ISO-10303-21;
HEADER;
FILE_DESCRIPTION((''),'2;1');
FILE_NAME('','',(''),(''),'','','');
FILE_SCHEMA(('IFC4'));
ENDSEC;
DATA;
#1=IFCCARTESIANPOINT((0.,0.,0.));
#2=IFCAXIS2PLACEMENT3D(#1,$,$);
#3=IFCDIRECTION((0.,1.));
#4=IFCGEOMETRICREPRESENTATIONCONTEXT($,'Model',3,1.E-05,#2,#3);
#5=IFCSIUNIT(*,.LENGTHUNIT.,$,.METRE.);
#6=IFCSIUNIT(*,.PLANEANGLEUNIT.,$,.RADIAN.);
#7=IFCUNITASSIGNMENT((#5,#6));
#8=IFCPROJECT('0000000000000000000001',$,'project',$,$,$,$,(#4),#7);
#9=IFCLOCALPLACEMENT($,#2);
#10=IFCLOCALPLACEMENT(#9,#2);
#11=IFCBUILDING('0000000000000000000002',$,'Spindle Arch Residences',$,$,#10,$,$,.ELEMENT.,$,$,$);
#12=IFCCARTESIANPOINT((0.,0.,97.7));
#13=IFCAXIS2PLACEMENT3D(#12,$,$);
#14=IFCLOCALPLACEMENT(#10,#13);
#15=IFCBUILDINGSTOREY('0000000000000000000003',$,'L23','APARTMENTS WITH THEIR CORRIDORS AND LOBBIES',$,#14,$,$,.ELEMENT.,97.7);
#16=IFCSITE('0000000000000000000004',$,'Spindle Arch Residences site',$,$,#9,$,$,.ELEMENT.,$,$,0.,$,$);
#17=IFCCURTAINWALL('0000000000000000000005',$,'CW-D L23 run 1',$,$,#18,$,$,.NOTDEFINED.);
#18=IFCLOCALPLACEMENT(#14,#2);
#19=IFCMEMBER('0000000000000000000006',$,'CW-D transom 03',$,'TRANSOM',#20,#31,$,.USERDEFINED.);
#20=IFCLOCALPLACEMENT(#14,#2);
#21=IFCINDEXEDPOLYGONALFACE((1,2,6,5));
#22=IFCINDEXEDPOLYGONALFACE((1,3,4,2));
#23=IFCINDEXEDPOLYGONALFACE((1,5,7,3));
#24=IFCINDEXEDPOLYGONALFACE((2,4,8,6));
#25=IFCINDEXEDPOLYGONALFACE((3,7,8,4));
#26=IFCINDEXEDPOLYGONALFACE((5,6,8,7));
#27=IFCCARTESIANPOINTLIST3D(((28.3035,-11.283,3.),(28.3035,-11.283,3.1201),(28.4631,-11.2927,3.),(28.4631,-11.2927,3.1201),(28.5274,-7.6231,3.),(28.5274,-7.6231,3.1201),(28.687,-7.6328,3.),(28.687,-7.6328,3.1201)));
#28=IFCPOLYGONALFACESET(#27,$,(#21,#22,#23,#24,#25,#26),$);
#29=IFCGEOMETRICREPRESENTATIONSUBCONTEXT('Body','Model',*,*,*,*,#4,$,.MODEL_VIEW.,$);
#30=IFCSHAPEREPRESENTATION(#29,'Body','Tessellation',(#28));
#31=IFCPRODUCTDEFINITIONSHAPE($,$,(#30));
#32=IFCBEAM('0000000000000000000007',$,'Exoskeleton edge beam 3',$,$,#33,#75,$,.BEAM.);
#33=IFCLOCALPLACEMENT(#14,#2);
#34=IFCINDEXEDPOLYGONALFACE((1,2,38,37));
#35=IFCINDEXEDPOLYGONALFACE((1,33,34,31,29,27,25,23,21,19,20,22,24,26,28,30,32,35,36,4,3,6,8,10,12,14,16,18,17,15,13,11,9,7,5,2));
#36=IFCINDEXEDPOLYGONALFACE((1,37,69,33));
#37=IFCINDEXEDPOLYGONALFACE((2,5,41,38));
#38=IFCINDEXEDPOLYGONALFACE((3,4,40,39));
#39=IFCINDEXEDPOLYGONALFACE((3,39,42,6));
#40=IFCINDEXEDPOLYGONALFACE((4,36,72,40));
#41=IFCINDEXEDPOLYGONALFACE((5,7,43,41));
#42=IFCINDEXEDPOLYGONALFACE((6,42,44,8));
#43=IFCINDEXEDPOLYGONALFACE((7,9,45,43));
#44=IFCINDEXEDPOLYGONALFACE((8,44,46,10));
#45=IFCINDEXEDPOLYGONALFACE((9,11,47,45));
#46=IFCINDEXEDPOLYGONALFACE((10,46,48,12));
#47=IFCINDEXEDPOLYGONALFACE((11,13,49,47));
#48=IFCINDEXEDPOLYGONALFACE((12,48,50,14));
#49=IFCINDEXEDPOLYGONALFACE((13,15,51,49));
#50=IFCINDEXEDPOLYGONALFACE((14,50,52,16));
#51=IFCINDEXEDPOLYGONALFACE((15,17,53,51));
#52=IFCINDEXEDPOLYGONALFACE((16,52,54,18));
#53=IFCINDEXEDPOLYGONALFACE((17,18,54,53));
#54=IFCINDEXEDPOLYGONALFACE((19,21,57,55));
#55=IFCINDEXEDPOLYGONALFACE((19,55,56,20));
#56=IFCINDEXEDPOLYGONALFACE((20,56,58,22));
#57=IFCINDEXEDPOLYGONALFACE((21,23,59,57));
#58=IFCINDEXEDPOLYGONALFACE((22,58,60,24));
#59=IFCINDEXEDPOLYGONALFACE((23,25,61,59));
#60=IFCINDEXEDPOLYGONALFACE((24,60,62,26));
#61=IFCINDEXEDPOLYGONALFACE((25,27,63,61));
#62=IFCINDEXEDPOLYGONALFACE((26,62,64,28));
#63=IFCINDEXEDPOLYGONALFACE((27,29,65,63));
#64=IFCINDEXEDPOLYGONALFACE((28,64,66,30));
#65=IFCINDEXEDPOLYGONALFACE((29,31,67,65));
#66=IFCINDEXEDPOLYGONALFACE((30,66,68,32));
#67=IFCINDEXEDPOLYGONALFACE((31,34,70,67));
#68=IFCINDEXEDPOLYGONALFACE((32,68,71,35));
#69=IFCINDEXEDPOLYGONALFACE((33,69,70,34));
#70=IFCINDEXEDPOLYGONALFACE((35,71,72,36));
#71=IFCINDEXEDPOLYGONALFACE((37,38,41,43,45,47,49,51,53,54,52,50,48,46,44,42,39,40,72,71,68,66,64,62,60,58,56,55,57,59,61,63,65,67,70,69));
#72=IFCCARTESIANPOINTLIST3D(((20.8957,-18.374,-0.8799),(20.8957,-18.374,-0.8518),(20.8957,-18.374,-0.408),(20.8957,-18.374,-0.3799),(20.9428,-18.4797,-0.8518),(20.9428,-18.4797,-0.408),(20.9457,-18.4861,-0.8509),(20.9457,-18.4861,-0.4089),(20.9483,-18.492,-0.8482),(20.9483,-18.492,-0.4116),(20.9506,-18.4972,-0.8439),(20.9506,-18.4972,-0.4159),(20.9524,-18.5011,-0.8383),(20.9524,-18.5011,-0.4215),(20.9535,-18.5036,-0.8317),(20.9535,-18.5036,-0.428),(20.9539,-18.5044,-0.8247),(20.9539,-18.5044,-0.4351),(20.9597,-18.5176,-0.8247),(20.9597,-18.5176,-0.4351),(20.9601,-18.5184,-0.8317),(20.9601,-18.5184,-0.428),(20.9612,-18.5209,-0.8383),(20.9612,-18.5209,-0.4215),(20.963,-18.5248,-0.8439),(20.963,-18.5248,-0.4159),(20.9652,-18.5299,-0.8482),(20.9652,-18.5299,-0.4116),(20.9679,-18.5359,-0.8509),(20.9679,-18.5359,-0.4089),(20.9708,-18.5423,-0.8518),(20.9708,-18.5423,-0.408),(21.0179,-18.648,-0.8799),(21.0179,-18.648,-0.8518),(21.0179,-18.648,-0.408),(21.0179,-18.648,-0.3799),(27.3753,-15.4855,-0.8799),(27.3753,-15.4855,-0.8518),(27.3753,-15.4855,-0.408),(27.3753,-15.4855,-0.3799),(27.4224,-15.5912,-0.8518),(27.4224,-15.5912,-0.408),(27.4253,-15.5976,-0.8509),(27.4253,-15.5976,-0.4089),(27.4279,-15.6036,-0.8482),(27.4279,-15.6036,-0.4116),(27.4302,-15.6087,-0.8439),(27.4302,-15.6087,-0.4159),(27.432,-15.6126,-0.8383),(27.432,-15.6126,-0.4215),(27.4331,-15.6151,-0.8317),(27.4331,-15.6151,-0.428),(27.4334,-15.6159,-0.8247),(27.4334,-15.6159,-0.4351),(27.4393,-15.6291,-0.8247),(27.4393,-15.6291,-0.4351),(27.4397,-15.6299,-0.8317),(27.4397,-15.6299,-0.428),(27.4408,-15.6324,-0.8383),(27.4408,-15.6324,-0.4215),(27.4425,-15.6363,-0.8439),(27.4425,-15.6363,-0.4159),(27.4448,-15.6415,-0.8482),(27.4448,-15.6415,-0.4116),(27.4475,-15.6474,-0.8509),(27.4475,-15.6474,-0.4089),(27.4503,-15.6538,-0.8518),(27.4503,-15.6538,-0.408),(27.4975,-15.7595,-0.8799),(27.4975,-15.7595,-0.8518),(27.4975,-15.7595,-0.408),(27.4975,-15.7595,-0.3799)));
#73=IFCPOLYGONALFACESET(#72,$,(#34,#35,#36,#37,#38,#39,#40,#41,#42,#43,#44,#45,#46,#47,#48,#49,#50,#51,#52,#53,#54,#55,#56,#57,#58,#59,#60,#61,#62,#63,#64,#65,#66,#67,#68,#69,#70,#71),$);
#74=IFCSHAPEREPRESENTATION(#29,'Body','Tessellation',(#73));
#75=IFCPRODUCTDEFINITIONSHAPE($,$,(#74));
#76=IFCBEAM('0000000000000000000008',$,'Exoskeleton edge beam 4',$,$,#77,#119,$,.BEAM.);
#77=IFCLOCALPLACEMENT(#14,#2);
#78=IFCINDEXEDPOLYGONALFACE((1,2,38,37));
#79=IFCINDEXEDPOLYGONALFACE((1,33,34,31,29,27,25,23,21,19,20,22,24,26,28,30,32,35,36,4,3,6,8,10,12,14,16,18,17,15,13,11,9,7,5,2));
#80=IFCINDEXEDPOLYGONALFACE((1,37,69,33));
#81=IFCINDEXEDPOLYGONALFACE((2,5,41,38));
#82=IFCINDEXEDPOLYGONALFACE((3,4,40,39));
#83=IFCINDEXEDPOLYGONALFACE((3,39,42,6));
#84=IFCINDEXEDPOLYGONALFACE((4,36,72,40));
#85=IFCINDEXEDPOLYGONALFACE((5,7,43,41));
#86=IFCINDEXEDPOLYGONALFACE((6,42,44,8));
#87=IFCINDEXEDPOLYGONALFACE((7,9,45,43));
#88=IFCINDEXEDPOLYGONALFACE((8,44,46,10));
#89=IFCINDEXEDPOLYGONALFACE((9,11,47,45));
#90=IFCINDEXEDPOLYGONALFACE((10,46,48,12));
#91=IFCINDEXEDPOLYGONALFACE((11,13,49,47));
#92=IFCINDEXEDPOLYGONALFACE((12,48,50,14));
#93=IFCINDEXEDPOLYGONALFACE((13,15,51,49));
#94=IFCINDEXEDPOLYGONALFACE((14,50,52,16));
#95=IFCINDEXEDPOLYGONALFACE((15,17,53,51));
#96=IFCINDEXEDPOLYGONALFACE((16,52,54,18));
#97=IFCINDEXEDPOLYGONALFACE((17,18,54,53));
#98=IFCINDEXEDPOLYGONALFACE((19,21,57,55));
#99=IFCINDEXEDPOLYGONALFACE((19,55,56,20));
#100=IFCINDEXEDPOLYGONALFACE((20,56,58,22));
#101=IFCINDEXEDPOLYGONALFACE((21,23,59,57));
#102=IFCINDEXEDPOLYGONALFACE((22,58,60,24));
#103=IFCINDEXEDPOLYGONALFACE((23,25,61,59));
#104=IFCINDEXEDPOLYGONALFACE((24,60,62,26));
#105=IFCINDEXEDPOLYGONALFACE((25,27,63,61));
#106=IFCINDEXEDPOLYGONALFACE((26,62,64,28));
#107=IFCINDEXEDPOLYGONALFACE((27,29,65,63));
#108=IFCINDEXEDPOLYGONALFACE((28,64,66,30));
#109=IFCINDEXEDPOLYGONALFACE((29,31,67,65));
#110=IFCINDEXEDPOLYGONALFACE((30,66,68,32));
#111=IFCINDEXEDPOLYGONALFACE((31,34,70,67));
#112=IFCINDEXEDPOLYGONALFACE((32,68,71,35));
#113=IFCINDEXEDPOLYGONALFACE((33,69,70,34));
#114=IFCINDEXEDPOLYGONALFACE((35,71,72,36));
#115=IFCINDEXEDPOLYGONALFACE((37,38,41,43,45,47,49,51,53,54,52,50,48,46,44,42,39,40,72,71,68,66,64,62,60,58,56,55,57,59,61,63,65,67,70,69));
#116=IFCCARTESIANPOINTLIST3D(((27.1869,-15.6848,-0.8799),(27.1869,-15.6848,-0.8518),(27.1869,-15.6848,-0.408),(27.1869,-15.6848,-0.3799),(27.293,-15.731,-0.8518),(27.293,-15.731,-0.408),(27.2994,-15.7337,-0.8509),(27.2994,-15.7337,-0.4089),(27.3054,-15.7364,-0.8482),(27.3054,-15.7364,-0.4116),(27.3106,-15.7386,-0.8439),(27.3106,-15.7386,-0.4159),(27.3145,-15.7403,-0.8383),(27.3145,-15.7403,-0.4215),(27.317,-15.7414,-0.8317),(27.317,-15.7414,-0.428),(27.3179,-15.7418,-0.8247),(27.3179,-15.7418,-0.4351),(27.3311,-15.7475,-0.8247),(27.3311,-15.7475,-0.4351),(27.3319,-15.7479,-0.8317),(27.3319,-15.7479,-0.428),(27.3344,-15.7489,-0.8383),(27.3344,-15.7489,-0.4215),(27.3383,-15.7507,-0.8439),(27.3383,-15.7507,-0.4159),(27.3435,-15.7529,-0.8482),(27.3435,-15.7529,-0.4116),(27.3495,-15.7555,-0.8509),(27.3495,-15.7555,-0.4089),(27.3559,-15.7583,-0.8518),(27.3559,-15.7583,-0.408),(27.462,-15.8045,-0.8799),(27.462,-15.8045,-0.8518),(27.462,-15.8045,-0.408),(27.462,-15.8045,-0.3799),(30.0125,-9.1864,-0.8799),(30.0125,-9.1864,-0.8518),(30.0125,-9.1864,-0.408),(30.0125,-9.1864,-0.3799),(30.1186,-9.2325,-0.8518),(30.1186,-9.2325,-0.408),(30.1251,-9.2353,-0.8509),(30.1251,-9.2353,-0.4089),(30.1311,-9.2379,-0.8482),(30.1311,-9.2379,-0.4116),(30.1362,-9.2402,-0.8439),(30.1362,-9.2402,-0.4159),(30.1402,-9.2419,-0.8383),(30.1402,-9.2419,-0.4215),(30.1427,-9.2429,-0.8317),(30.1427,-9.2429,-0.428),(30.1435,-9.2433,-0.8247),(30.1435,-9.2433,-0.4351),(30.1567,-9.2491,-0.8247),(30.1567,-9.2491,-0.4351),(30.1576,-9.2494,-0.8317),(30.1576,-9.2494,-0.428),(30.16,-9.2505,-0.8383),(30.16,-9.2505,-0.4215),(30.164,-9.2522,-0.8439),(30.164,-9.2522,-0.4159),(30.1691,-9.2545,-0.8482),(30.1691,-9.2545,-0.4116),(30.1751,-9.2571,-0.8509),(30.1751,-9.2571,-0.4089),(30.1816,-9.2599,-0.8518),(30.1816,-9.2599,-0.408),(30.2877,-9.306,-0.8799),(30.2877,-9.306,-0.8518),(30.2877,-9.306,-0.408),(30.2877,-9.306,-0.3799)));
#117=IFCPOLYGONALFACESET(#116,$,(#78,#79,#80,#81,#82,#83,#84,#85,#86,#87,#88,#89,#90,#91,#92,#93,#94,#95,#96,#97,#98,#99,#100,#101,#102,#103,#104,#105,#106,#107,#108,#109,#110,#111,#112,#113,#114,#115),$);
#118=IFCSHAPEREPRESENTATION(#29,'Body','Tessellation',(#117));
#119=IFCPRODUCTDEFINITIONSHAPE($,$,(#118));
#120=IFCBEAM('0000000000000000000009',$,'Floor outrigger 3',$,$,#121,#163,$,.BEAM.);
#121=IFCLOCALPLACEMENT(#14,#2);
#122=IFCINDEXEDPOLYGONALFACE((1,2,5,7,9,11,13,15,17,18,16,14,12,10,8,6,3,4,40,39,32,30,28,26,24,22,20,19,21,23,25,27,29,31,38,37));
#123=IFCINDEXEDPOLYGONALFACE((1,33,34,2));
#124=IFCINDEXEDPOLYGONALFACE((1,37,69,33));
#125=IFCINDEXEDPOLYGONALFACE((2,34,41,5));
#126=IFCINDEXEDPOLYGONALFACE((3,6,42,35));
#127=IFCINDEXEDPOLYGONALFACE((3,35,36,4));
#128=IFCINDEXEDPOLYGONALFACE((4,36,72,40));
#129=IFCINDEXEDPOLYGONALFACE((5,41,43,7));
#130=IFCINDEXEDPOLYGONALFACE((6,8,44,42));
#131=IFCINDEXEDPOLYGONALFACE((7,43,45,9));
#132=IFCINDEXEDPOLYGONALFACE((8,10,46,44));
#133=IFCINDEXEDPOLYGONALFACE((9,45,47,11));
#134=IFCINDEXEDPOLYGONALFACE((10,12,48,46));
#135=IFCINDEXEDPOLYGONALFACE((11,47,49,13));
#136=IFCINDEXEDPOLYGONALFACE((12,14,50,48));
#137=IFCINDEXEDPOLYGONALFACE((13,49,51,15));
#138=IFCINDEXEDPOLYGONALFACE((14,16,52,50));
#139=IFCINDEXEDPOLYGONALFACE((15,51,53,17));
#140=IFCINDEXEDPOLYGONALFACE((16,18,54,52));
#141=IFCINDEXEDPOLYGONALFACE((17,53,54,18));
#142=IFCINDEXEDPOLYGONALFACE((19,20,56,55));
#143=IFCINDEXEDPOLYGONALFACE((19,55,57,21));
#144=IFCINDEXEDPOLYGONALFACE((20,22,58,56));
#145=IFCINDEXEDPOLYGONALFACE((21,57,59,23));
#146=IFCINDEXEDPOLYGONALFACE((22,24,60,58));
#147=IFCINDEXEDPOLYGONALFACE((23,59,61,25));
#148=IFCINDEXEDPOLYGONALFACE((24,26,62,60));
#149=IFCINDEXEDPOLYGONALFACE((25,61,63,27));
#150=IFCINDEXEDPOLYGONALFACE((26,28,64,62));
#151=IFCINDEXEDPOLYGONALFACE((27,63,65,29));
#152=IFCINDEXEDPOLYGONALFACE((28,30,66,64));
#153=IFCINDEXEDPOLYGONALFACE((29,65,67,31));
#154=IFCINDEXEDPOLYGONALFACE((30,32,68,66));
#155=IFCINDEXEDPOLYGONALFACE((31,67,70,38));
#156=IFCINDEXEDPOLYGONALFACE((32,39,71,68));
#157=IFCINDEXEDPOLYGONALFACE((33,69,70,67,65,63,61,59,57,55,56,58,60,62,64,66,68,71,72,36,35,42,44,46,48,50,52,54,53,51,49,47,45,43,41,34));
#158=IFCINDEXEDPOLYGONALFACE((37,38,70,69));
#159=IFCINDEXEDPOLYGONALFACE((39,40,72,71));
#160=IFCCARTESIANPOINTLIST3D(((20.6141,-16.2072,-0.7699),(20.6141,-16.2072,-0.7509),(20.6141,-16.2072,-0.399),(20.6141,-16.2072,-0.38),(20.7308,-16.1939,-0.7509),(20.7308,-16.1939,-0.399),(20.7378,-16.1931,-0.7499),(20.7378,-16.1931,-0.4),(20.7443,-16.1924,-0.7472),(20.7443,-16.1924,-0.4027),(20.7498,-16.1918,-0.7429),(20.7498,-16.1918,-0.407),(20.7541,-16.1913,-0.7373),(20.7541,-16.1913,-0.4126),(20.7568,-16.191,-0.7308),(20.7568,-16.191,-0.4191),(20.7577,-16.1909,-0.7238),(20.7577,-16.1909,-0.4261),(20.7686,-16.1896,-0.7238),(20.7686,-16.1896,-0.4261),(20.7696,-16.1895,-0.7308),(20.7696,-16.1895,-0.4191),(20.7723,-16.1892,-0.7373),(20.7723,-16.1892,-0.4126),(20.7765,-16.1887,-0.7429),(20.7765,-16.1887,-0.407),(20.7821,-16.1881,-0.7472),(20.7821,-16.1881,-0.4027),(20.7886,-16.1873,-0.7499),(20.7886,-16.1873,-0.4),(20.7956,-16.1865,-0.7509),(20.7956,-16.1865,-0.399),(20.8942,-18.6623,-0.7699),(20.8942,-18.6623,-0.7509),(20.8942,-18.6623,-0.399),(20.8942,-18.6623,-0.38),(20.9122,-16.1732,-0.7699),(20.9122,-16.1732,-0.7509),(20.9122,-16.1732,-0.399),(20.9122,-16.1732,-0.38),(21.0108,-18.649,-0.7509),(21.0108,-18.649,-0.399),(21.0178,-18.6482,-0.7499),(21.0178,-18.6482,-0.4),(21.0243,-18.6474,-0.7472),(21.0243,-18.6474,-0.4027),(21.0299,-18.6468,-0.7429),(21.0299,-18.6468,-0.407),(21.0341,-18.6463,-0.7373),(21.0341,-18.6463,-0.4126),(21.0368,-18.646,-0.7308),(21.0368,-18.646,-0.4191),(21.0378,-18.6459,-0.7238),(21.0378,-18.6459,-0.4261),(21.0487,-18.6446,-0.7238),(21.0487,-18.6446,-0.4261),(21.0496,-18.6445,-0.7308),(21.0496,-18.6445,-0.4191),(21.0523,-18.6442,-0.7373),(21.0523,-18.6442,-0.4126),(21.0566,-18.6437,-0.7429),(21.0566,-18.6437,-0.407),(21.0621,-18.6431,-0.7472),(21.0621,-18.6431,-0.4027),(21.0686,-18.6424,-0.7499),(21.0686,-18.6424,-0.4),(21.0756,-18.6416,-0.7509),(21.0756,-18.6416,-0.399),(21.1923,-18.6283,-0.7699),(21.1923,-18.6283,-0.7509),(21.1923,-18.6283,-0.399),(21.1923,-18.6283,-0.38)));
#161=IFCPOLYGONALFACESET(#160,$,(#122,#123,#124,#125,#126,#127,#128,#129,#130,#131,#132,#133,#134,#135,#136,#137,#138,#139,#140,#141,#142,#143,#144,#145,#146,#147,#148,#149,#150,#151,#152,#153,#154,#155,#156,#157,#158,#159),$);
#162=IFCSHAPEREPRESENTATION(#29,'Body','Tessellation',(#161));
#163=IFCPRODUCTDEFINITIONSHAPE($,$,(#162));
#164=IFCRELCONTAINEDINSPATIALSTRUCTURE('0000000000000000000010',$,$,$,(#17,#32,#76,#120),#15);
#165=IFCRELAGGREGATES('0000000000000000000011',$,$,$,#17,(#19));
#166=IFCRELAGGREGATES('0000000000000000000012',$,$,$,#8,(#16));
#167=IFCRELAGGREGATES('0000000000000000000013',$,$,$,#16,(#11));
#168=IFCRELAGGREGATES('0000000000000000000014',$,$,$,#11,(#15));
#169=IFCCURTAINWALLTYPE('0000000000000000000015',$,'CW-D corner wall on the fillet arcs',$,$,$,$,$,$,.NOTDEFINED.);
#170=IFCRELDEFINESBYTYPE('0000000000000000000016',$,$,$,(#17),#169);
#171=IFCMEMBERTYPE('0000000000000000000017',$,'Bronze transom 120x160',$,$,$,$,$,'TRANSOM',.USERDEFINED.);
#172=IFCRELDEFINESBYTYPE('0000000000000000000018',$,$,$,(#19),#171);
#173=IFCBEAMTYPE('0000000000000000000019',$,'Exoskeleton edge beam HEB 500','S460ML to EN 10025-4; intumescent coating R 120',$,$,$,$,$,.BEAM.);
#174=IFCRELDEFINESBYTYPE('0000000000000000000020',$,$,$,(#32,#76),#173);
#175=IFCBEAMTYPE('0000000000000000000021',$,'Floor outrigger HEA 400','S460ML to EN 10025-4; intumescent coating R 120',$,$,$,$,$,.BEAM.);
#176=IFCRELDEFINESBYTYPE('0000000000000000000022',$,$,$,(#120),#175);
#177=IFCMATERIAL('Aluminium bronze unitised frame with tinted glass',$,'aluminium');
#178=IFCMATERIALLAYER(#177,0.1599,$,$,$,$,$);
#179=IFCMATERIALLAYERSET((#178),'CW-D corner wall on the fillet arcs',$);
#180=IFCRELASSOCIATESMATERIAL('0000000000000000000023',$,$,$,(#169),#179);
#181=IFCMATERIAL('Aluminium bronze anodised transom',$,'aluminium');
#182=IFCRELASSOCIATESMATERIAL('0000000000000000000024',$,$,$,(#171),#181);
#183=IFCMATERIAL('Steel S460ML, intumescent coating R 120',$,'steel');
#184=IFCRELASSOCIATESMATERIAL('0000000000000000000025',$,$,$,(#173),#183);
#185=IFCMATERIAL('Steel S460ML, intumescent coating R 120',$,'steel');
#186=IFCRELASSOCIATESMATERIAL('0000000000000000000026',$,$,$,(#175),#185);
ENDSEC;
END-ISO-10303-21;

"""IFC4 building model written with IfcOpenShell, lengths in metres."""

from ifc_helpers import new_model, si_unit, direction, frame, origin, origin_2d, place, context, subcontext, project, spatial, rectangle, i_section, extrude, material, layer, layer_set, material_profile, profile_set, type_object, element, aggregate, save


model = new_model("IFC4")

# Units and contexts
model_context = context("Model", 3, precision=1e-05, world=origin(), true_north=direction((0.0, 1.0)))
body_context = subcontext(model_context, "Body", "Model", "MODEL_VIEW")
ifc_project = project(units=[si_unit("LENGTHUNIT", "METRE"), si_unit("PLANEANGLEUNIT", "RADIAN")], contexts=[model_context])

# Site, building, storey
site_placement = place(None, origin())
site = spatial("IfcSite", under=ifc_project, at=site_placement, Name="Spindle Arch Residences site", CompositionType="ELEMENT", RefElevation=0.0)
building_placement = place(site_placement, origin())
building = spatial("IfcBuilding", under=site, at=building_placement, Name="Spindle Arch Residences", CompositionType="ELEMENT")
storey_placement = place(building_placement, frame((0.0, 0.0, 97.7)))
storey = spatial("IfcBuildingStorey", under=building, at=storey_placement, Name="L23", Description="APARTMENTS WITH THEIR CORRIDORS AND LOBBIES", CompositionType="ELEMENT", Elevation=97.7)

# Curtain wall, member
ifc_material_1 = material(Name="Aluminium bronze unitised frame with tinted glass", Category="aluminium")
ifc_layer_1 = layer(ifc_material_1, 0.1599)
ifc_layer_set_1 = layer_set([ifc_layer_1], Name="CW-D corner wall on the fillet arcs")
curtain_wall_type = type_object("IfcCurtainWallType", Name="CW-D corner wall on the fillet arcs", PredefinedType="NOTDEFINED", material=ifc_layer_set_1)
curtain_wall_placement = place(storey_placement, origin())
curtain_wall = element("IfcCurtainWall", 1, at=curtain_wall_placement, inside=storey, type_object=curtain_wall_type, Name="CW-D L23 run 1", PredefinedType="NOTDEFINED")
ifc_material_2 = material(Name="Aluminium bronze anodised transom", Category="aluminium")
ifc_material_profile_1 = material_profile(ifc_material_2, rectangle(XDim=0.1599, YDim=0.1201, at=origin_2d()), Name="TR 120x160")
ifc_profile_set_1 = profile_set([ifc_material_profile_1], Name="Aluminium bronze anodised transom")
member_type_1 = type_object("IfcMemberType", Name="Bronze transom 120x160", ElementType="TRANSOM", PredefinedType="USERDEFINED", material=ifc_profile_set_1)
member_1_placement = place(storey_placement, frame((28.3833, -11.2878, 3.0601), z_axis=(0.061056, 0.998134, 0.0), x_axis=(-0.998134, 0.061056, 0.0)))
member_1 = element("IfcMember", 2, at=member_1_placement, type_object=member_type_1, Name="CW-D transom 03", ObjectType="TRANSOM", PredefinedType="USERDEFINED", context=body_context, shape_type="SweptSolid", body=[
    extrude(rectangle(XDim=0.1599, YDim=0.1201, at=origin_2d()), origin(), (0.0, 0.0, 1.0), 3.6667),
])

# Beams
ifc_material_3 = material(Name="Steel S460ML, intumescent coating R 120", Category="steel")
ifc_material_profile_2 = material_profile(ifc_material_3, i_section(OverallWidth=0.3, OverallDepth=0.5, WebThickness=0.0144, FlangeThickness=0.0281, FilletRadius=0.0271, at=origin_2d()), Name="HEB 500")
ifc_profile_set_2 = profile_set([ifc_material_profile_2], Name="Steel S460ML, intumescent coating R 120")
beam_type_1 = type_object("IfcBeamType", Name="Exoskeleton edge beam HEB 500", Description="S460ML to EN 10025-4; intumescent coating R 120", PredefinedType="BEAM", material=ifc_profile_set_2)
beam_1_placement = place(storey_placement, frame((20.9568, -18.511, -0.6299), z_axis=(0.913358, 0.407157, 0.0), x_axis=(-0.407157, 0.913358, 0.0)))
element("IfcBeam", 3, at=beam_1_placement, inside=storey, type_object=beam_type_1, Name="Exoskeleton edge beam 3", PredefinedType="BEAM", context=body_context, shape_type="SweptSolid", body=[
    extrude(i_section(OverallWidth=0.3, OverallDepth=0.5, WebThickness=0.0144, FlangeThickness=0.0281, FilletRadius=0.0271, at=origin_2d()), origin(), (0.0, 0.0, 1.0), 7.0942),
])
beam_2_placement = place(storey_placement, frame((27.3245, -15.7446, -0.6299), z_axis=(0.398754, 0.917058, 0.0), x_axis=(-0.917058, 0.398754, 0.0)))
element("IfcBeam", 4, at=beam_2_placement, inside=storey, type_object=beam_type_1, Name="Exoskeleton edge beam 4", PredefinedType="BEAM", context=body_context, shape_type="SweptSolid", body=[
    extrude(i_section(OverallWidth=0.3, OverallDepth=0.5, WebThickness=0.0144, FlangeThickness=0.0281, FilletRadius=0.0271, at=origin_2d()), origin(), (0.0, 0.0, 1.0), 7.0862),
])
ifc_material_4 = material(Name="Steel S460ML, intumescent coating R 120", Category="steel")
ifc_material_profile_3 = material_profile(ifc_material_4, i_section(OverallWidth=0.3, OverallDepth=0.3899, WebThickness=0.011, FlangeThickness=0.019, FilletRadius=0.0271, at=origin_2d()), Name="HEA 400")
ifc_profile_set_3 = profile_set([ifc_material_profile_3], Name="Steel S460ML, intumescent coating R 120")
beam_type_2 = type_object("IfcBeamType", Name="Floor outrigger HEA 400", Description="S460ML to EN 10025-4; intumescent coating R 120", PredefinedType="BEAM", material=ifc_profile_set_3)
beam_3_placement = place(storey_placement, frame((21.0432, -18.6453, -0.575), z_axis=(-0.113326, 0.993558, 0.0), x_axis=(-0.993558, -0.113326, 0.0)))
element("IfcBeam", 5, at=beam_3_placement, inside=storey, type_object=beam_type_2, Name="Floor outrigger 3", PredefinedType="BEAM", context=body_context, shape_type="SweptSolid", body=[
    extrude(i_section(OverallWidth=0.3, OverallDepth=0.3899, WebThickness=0.011, FlangeThickness=0.019, FilletRadius=0.0271, at=origin_2d()), origin(), (0.0, 0.0, 1.0), 2.4709),
])

aggregate(curtain_wall, [member_1])

save(model, "model.ifc")
